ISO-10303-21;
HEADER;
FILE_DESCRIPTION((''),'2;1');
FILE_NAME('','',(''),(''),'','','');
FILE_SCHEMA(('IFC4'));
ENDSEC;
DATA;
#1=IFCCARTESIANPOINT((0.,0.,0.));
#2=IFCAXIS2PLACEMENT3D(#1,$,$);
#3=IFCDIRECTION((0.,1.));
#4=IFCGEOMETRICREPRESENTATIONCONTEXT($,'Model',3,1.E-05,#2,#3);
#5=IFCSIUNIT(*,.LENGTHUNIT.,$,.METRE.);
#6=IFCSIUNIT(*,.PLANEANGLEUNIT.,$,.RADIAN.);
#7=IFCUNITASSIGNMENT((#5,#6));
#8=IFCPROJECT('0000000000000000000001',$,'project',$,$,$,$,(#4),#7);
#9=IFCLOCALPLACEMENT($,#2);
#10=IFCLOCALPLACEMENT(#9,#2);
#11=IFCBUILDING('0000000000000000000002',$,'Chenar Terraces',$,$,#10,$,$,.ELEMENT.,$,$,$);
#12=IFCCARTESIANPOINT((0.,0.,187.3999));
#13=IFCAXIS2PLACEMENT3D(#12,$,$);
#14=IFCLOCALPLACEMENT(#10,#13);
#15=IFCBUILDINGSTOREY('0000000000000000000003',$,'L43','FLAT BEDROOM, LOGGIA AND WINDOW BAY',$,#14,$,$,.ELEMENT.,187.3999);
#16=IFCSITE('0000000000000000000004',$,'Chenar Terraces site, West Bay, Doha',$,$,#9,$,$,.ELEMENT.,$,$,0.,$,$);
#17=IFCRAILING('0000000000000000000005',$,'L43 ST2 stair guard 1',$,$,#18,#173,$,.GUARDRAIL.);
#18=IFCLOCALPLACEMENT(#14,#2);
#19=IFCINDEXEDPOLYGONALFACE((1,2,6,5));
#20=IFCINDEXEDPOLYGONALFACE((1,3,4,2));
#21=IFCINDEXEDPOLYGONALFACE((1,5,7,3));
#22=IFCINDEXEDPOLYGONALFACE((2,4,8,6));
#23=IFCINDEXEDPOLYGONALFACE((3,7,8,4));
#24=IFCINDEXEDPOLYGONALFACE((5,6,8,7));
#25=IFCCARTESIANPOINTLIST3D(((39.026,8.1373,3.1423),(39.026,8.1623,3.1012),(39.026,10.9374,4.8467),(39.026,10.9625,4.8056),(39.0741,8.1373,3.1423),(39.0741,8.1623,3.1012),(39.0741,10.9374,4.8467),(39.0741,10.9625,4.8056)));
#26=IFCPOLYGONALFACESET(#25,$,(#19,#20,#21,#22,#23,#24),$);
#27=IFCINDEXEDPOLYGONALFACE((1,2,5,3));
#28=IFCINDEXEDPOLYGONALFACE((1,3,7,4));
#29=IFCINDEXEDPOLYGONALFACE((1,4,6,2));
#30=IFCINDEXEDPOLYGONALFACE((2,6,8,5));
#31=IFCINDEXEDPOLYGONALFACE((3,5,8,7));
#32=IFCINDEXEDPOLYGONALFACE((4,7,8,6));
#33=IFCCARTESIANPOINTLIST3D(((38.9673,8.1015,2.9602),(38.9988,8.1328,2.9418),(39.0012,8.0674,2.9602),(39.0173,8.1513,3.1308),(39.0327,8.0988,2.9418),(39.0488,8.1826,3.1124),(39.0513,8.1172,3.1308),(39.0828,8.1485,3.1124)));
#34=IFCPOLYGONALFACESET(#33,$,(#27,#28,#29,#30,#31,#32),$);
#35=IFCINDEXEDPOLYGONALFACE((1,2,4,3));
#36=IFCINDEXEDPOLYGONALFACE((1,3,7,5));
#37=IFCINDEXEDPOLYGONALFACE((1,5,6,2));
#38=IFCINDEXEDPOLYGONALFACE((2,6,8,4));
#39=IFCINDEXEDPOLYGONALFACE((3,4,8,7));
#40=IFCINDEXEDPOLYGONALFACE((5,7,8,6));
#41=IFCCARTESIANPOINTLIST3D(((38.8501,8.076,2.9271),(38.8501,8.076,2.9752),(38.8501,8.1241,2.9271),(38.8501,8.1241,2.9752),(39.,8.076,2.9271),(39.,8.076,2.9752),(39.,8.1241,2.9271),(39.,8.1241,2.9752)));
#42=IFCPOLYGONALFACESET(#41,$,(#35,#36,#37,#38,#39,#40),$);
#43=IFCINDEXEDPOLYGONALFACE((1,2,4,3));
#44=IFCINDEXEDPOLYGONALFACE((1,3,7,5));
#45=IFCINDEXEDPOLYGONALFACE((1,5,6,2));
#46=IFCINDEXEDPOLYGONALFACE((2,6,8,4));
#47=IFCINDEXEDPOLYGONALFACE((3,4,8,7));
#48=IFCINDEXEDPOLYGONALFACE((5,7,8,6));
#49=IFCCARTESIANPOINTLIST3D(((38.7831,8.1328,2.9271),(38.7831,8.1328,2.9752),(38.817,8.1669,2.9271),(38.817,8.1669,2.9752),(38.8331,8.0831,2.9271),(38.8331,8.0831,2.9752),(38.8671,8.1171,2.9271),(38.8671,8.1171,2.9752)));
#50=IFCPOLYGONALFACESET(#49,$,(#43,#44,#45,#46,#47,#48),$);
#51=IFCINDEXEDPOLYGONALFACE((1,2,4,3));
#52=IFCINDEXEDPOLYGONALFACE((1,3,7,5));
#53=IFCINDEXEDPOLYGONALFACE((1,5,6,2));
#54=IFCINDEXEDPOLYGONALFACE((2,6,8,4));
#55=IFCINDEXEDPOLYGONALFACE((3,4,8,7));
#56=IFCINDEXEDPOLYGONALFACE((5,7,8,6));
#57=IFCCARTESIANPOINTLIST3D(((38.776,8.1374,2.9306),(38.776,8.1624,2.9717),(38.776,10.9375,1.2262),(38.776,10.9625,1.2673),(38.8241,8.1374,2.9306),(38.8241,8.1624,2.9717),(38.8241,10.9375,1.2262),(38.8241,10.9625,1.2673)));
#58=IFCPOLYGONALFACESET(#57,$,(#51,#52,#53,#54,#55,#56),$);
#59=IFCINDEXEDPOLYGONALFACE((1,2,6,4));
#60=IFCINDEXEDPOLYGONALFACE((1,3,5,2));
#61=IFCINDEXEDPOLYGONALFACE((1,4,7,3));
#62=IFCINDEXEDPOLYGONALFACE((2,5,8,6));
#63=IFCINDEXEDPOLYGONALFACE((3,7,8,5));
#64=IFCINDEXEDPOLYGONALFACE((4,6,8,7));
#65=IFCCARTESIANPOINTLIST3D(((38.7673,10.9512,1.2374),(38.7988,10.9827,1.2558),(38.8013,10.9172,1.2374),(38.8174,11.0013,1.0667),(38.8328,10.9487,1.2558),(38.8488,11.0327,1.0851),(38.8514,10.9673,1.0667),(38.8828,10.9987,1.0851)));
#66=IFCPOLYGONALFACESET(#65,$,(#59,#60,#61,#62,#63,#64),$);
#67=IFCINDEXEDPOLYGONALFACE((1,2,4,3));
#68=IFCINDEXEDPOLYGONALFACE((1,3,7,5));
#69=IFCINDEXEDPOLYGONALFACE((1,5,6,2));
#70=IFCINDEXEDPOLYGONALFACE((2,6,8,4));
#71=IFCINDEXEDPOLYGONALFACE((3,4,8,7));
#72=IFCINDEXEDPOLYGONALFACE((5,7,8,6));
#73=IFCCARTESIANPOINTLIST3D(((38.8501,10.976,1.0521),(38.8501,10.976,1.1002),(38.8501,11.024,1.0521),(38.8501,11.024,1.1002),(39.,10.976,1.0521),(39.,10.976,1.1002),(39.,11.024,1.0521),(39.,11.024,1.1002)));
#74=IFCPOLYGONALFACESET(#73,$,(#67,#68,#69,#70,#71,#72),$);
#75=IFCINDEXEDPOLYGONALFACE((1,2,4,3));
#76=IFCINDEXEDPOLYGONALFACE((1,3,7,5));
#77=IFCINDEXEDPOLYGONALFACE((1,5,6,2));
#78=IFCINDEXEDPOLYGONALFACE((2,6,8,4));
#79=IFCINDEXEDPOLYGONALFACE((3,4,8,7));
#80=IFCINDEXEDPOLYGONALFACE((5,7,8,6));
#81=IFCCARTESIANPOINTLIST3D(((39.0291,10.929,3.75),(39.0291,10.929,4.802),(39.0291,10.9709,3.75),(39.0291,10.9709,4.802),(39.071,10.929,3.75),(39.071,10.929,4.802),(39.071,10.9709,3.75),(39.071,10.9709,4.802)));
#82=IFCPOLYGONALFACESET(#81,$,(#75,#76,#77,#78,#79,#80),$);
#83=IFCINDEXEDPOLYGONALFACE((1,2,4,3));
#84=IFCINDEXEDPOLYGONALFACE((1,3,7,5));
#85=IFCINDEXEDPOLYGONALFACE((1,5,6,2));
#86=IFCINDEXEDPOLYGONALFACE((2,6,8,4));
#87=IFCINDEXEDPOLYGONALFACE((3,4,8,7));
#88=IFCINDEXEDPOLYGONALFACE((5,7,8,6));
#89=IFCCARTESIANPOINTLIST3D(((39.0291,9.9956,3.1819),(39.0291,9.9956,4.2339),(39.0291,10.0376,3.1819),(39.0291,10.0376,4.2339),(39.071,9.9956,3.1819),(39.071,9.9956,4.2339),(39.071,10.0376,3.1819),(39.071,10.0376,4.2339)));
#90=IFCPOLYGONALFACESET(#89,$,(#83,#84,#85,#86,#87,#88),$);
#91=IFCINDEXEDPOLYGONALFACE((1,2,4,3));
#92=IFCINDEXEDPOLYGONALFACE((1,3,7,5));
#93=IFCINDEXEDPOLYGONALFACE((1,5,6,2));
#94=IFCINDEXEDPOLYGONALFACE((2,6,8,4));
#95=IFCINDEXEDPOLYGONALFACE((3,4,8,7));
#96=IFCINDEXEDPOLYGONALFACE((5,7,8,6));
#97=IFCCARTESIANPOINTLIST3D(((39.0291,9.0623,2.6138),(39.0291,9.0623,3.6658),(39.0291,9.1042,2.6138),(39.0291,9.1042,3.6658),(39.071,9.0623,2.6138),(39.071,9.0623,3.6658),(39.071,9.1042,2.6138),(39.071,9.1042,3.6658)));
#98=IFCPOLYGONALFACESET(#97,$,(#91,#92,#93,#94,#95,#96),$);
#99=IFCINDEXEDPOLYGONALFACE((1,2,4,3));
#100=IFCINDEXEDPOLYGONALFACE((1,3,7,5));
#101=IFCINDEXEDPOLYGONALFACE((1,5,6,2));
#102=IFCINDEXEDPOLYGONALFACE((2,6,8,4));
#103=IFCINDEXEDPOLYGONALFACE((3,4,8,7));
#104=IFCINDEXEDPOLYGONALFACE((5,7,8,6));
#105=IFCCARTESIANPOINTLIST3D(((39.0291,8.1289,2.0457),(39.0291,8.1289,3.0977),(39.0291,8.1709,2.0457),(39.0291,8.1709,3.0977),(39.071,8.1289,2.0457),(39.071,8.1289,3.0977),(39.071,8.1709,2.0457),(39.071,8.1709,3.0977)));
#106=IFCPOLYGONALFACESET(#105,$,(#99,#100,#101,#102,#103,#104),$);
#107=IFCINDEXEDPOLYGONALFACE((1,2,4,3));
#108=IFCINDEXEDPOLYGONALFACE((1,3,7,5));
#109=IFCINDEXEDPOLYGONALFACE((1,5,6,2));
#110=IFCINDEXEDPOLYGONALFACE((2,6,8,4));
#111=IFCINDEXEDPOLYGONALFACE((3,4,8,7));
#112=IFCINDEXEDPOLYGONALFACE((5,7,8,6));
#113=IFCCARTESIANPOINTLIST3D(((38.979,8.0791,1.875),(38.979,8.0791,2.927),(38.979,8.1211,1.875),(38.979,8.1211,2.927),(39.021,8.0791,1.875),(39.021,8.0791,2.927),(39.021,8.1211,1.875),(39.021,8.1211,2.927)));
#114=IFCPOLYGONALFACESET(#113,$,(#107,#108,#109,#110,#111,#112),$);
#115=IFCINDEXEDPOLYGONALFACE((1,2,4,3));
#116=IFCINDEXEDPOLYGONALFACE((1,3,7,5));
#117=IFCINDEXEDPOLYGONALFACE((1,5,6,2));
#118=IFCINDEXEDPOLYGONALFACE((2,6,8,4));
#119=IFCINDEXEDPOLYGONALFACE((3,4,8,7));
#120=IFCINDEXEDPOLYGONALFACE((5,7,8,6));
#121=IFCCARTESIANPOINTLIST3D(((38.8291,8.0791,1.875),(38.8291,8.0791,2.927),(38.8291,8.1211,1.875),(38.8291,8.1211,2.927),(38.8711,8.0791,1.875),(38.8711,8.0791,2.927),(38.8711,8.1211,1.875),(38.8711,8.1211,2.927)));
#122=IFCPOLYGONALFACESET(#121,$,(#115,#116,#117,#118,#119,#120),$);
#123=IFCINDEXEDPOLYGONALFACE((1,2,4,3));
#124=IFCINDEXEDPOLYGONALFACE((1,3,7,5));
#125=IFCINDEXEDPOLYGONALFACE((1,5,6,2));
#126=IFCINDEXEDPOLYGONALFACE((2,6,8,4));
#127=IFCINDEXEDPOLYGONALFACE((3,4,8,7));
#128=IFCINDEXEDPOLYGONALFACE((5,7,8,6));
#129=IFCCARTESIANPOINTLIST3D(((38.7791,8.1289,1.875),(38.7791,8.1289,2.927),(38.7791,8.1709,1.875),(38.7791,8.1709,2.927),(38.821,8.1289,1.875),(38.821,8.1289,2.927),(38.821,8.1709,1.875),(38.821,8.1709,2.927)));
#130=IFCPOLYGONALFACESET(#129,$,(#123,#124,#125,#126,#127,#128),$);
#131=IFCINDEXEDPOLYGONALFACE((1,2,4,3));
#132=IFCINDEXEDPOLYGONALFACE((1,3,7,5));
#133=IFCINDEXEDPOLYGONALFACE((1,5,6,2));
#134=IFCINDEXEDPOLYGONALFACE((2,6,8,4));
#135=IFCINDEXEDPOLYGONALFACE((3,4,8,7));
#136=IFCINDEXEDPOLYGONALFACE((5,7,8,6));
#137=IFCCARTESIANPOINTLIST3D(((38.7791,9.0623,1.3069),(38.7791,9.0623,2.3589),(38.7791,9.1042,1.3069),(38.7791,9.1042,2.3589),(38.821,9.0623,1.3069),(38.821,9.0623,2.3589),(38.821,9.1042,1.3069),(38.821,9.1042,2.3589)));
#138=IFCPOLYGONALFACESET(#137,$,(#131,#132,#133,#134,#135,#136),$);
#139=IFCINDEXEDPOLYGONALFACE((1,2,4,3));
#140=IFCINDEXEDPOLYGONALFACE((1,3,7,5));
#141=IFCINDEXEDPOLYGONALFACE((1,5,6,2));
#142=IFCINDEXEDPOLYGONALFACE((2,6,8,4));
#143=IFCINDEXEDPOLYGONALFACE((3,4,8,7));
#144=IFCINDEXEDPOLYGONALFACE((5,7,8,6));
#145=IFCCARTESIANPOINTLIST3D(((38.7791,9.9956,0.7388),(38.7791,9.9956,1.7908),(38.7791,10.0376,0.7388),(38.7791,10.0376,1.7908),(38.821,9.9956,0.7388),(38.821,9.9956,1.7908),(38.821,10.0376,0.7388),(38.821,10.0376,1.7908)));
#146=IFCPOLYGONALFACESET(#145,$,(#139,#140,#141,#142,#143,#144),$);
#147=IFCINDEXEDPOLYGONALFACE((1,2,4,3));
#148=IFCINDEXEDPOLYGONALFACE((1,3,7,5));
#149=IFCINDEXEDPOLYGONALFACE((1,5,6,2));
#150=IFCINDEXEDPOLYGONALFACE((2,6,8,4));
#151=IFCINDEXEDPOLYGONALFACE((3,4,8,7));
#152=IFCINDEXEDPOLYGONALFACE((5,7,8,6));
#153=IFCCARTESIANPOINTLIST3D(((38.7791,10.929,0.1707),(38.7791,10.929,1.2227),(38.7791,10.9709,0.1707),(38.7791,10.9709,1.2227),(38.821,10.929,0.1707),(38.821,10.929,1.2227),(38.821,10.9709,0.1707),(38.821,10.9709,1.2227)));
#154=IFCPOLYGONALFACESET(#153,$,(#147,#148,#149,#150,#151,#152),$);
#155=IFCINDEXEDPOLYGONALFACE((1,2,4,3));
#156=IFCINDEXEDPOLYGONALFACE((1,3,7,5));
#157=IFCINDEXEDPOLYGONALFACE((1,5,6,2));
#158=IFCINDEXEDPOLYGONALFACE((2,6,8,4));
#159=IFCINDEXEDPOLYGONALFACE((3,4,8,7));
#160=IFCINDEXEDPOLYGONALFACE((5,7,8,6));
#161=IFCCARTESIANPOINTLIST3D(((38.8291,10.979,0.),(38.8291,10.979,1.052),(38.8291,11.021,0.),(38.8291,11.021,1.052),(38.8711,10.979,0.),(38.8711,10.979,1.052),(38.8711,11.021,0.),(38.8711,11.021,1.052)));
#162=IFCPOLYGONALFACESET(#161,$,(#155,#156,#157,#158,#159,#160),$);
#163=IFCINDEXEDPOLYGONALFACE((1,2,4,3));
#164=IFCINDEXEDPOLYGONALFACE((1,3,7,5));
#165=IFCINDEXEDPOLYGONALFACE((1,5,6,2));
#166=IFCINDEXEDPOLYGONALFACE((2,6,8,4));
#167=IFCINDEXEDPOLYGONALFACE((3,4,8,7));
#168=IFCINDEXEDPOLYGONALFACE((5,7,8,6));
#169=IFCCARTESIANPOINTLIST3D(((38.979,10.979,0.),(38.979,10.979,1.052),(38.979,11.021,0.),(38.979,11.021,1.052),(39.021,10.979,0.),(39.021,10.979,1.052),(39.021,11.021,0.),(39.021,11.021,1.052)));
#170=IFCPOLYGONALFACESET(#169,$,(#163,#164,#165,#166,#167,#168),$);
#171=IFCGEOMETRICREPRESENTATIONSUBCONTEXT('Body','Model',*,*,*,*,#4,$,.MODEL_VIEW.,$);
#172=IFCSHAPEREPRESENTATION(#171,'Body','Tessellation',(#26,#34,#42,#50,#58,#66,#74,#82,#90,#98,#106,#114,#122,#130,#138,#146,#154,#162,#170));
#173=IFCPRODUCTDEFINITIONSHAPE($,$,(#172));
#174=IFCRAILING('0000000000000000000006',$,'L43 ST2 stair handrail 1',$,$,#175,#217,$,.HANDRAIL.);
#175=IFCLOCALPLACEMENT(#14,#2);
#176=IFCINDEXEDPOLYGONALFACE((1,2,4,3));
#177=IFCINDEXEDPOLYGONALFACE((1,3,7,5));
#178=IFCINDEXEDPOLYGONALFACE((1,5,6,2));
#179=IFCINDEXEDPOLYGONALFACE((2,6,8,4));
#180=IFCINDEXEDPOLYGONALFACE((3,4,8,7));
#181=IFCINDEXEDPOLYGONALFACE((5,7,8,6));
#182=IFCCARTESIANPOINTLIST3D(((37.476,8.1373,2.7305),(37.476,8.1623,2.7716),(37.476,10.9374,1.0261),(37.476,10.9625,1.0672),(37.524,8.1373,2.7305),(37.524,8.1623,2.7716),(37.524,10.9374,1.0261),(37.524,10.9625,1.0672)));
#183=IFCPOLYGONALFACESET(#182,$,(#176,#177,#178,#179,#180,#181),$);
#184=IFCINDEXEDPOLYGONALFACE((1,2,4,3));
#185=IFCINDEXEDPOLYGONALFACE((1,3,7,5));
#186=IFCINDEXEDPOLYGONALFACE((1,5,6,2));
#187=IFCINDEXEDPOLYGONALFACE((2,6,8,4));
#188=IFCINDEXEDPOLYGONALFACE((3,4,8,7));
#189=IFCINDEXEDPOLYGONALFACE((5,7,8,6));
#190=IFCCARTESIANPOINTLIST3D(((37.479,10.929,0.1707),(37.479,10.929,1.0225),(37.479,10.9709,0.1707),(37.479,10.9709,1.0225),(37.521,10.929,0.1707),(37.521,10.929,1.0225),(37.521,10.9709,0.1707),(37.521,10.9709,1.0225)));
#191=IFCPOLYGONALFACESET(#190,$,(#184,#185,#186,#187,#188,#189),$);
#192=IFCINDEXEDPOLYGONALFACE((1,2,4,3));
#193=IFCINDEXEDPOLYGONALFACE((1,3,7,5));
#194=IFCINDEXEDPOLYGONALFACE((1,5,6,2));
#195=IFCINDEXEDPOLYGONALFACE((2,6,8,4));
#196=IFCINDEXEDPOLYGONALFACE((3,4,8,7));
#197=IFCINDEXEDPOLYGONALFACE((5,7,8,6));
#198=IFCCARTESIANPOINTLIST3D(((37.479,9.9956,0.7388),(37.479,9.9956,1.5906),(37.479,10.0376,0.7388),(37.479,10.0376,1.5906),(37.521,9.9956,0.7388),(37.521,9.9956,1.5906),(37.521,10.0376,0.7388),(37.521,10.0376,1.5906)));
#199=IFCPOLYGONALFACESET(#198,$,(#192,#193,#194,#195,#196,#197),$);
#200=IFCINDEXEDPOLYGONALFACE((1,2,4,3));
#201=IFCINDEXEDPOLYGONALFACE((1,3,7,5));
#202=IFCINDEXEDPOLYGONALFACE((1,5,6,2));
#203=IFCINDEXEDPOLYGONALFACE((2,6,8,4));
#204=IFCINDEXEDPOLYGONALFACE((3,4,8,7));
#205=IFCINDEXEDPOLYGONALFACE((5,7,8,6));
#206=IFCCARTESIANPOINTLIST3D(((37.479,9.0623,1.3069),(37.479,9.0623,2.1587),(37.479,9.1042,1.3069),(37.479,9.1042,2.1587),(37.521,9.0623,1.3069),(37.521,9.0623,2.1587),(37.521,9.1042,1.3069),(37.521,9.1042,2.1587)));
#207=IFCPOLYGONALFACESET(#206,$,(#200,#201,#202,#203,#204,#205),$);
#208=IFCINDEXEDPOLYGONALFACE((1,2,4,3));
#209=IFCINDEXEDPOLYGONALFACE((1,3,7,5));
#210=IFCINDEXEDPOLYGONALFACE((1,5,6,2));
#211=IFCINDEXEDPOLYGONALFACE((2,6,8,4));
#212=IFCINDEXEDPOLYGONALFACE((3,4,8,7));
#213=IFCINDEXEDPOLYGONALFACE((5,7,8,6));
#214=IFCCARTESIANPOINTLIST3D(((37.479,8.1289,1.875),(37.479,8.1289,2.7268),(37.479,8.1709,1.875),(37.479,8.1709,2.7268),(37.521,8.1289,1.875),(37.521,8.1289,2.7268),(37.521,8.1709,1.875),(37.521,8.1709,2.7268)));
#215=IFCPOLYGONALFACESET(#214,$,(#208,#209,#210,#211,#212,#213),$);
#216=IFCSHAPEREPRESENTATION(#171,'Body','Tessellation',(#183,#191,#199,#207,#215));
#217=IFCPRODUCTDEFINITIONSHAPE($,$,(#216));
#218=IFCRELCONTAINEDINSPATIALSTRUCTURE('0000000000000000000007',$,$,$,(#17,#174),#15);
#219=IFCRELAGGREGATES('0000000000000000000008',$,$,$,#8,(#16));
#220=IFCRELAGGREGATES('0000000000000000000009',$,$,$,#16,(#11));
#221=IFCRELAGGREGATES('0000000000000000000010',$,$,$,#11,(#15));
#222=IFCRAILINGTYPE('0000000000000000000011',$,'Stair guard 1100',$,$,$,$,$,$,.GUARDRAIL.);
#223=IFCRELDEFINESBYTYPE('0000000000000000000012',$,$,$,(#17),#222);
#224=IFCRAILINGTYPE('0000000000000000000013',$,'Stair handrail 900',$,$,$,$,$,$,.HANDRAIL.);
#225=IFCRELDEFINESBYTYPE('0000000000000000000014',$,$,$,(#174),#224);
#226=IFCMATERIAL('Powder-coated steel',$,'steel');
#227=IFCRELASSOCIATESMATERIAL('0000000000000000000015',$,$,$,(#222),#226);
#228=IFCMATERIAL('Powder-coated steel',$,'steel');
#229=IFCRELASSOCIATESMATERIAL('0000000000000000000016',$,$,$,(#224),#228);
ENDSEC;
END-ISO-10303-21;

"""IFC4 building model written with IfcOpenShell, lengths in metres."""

from ifc_helpers import new_model, si_unit, direction, frame, origin, origin_2d, place, context, subcontext, project, spatial, rectangle, extrude, material, type_object, element, save


model = new_model("IFC4")

# Units and contexts
model_context = context("Model", 3, precision=1e-05, world=origin(), true_north=direction((0.0, 1.0)))
body_context = subcontext(model_context, "Body", "Model", "MODEL_VIEW")
ifc_project = project(units=[si_unit("LENGTHUNIT", "METRE"), si_unit("PLANEANGLEUNIT", "RADIAN")], contexts=[model_context])

# Site, building, storey
site_placement = place(None, origin())
site = spatial("IfcSite", under=ifc_project, at=site_placement, Name="Chenar Terraces site, West Bay, Doha", CompositionType="ELEMENT", RefElevation=0.0)
building_placement = place(site_placement, origin())
building = spatial("IfcBuilding", under=site, at=building_placement, Name="Chenar Terraces", CompositionType="ELEMENT")
storey_placement = place(building_placement, frame((0.0, 0.0, 187.3999)))
storey = spatial("IfcBuildingStorey", under=building, at=storey_placement, Name="L43", Description="FLAT BEDROOM, LOGGIA AND WINDOW BAY", CompositionType="ELEMENT", Elevation=187.3999)

# Railings
ifc_material_1 = material(Name="Powder-coated steel", Category="steel")
railing_type_1 = type_object("IfcRailingType", Name="Stair guard 1100", PredefinedType="GUARDRAIL", material=ifc_material_1)
railing_1_placement = place(storey_placement, frame((39.05, 10.95, 3.75)))
element("IfcRailing", 1, at=railing_1_placement, inside=storey, type_object=railing_type_1, Name="L43 ST2 stair guard 1", PredefinedType="GUARDRAIL", context=body_context, shape_type="SweptSolid", body=[
    extrude(rectangle(XDim=0.0481, YDim=0.0481, at=origin_2d()), frame((0.0, 0.0, 1.0762), z_axis=(0.0, -0.854203, -0.51994), x_axis=(1.0, 0.0, 0.0)), (0.0, 0.0, 1.0), 3.2781),
    extrude(rectangle(XDim=0.0481, YDim=0.0481, at=origin_2d()), frame((0.0, -2.8, -0.6284), z_axis=(-0.270997, -0.269675, -0.924033), x_axis=(0.705376, -0.708834, 0.0)), (0.0, 0.0, 1.0), 0.1846),
    extrude(rectangle(XDim=0.0481, YDim=0.0481, at=origin_2d()), frame((-0.05, -2.8499, -0.7988), z_axis=(-1.0, 0.0, 0.0), x_axis=(0.0, -1.0, 0.0)), (0.0, 0.0, 1.0), 0.1499),
    extrude(rectangle(XDim=0.0481, YDim=0.0481, at=origin_2d()), frame((-0.2, -2.8499, -0.7988), z_axis=(-0.708834, 0.705376, 0.0), x_axis=(-0.705376, -0.708834, 0.0)), (0.0, 0.0, 1.0), 0.0706),
    extrude(rectangle(XDim=0.0481, YDim=0.0481, at=origin_2d()), frame((-0.25, -2.8, -0.7988), z_axis=(0.0, 0.854203, -0.51994), x_axis=(-1.0, 0.0, 0.0)), (0.0, 0.0, 1.0), 3.2781),
    extrude(rectangle(XDim=0.0481, YDim=0.0481, at=origin_2d()), frame((-0.25, 0.0, -2.5034), z_axis=(0.2709, 0.2709, -0.923703), x_axis=(-0.707107, 0.707107, 0.0)), (0.0, 0.0, 1.0), 0.1848),
    extrude(rectangle(XDim=0.0481, YDim=0.0481, at=origin_2d()), frame((-0.2, 0.05, -2.6738), z_axis=(1.0, 0.0, 0.0), x_axis=(0.0, 1.0, 0.0)), (0.0, 0.0, 1.0), 0.1499),
    extrude(rectangle(XDim=0.042, YDim=0.042, at=origin_2d()), origin(), (0.0, 0.0, 1.0), 1.052),
    extrude(rectangle(XDim=0.042, YDim=0.042, at=origin_2d()), frame((0.0, -0.9333, -0.5681)), (0.0, 0.0, 1.0), 1.052),
    extrude(rectangle(XDim=0.042, YDim=0.042, at=origin_2d()), frame((0.0, -1.8667, -1.1362)), (0.0, 0.0, 1.0), 1.052),
    extrude(rectangle(XDim=0.042, YDim=0.042, at=origin_2d()), frame((0.0, -2.8, -1.7043)), (0.0, 0.0, 1.0), 1.052),
    extrude(rectangle(XDim=0.042, YDim=0.042, at=origin_2d()), frame((-0.05, -2.8499, -1.875)), (0.0, 0.0, 1.0), 1.052),
    extrude(rectangle(XDim=0.042, YDim=0.042, at=origin_2d()), frame((-0.2, -2.8499, -1.875)), (0.0, 0.0, 1.0), 1.052),
    extrude(rectangle(XDim=0.042, YDim=0.042, at=origin_2d()), frame((-0.25, -2.8, -1.875)), (0.0, 0.0, 1.0), 1.052),
    extrude(rectangle(XDim=0.042, YDim=0.042, at=origin_2d()), frame((-0.25, -1.8667, -2.4431)), (0.0, 0.0, 1.0), 1.052),
    extrude(rectangle(XDim=0.042, YDim=0.042, at=origin_2d()), frame((-0.25, -0.9333, -3.0112)), (0.0, 0.0, 1.0), 1.052),
    extrude(rectangle(XDim=0.042, YDim=0.042, at=origin_2d()), frame((-0.25, 0.0, -3.5793)), (0.0, 0.0, 1.0), 1.052),
    extrude(rectangle(XDim=0.042, YDim=0.042, at=origin_2d()), frame((-0.2, 0.05, -3.75)), (0.0, 0.0, 1.0), 1.052),
    extrude(rectangle(XDim=0.042, YDim=0.042, at=origin_2d()), frame((-0.05, 0.05, -3.75)), (0.0, 0.0, 1.0), 1.052),
])
ifc_material_2 = material(Name="Powder-coated steel", Category="steel")
railing_type_2 = type_object("IfcRailingType", Name="Stair handrail 900", PredefinedType="HANDRAIL", material=ifc_material_2)
railing_2_placement = place(storey_placement, frame((37.5, 10.95, 0.1707)))
element("IfcRailing", 2, at=railing_2_placement, inside=storey, type_object=railing_type_2, Name="L43 ST2 stair handrail 1", PredefinedType="HANDRAIL", context=body_context, shape_type="SweptSolid", body=[
    extrude(rectangle(XDim=0.0481, YDim=0.0481, at=origin_2d()), frame((0.0, 0.0, 0.876), z_axis=(0.0, -0.854203, 0.51994), x_axis=(1.0, 0.0, 0.0)), (0.0, 0.0, 1.0), 3.2781),
    extrude(rectangle(XDim=0.042, YDim=0.042, at=origin_2d()), origin(), (0.0, 0.0, 1.0), 0.8518),
    extrude(rectangle(XDim=0.042, YDim=0.042, at=origin_2d()), frame((0.0, -0.9333, 0.5681)), (0.0, 0.0, 1.0), 0.8518),
    extrude(rectangle(XDim=0.042, YDim=0.042, at=origin_2d()), frame((0.0, -1.8667, 1.1362)), (0.0, 0.0, 1.0), 0.8518),
    extrude(rectangle(XDim=0.042, YDim=0.042, at=origin_2d()), frame((0.0, -2.8, 1.7043)), (0.0, 0.0, 1.0), 0.8518),
])

save(model, "model.ifc")
